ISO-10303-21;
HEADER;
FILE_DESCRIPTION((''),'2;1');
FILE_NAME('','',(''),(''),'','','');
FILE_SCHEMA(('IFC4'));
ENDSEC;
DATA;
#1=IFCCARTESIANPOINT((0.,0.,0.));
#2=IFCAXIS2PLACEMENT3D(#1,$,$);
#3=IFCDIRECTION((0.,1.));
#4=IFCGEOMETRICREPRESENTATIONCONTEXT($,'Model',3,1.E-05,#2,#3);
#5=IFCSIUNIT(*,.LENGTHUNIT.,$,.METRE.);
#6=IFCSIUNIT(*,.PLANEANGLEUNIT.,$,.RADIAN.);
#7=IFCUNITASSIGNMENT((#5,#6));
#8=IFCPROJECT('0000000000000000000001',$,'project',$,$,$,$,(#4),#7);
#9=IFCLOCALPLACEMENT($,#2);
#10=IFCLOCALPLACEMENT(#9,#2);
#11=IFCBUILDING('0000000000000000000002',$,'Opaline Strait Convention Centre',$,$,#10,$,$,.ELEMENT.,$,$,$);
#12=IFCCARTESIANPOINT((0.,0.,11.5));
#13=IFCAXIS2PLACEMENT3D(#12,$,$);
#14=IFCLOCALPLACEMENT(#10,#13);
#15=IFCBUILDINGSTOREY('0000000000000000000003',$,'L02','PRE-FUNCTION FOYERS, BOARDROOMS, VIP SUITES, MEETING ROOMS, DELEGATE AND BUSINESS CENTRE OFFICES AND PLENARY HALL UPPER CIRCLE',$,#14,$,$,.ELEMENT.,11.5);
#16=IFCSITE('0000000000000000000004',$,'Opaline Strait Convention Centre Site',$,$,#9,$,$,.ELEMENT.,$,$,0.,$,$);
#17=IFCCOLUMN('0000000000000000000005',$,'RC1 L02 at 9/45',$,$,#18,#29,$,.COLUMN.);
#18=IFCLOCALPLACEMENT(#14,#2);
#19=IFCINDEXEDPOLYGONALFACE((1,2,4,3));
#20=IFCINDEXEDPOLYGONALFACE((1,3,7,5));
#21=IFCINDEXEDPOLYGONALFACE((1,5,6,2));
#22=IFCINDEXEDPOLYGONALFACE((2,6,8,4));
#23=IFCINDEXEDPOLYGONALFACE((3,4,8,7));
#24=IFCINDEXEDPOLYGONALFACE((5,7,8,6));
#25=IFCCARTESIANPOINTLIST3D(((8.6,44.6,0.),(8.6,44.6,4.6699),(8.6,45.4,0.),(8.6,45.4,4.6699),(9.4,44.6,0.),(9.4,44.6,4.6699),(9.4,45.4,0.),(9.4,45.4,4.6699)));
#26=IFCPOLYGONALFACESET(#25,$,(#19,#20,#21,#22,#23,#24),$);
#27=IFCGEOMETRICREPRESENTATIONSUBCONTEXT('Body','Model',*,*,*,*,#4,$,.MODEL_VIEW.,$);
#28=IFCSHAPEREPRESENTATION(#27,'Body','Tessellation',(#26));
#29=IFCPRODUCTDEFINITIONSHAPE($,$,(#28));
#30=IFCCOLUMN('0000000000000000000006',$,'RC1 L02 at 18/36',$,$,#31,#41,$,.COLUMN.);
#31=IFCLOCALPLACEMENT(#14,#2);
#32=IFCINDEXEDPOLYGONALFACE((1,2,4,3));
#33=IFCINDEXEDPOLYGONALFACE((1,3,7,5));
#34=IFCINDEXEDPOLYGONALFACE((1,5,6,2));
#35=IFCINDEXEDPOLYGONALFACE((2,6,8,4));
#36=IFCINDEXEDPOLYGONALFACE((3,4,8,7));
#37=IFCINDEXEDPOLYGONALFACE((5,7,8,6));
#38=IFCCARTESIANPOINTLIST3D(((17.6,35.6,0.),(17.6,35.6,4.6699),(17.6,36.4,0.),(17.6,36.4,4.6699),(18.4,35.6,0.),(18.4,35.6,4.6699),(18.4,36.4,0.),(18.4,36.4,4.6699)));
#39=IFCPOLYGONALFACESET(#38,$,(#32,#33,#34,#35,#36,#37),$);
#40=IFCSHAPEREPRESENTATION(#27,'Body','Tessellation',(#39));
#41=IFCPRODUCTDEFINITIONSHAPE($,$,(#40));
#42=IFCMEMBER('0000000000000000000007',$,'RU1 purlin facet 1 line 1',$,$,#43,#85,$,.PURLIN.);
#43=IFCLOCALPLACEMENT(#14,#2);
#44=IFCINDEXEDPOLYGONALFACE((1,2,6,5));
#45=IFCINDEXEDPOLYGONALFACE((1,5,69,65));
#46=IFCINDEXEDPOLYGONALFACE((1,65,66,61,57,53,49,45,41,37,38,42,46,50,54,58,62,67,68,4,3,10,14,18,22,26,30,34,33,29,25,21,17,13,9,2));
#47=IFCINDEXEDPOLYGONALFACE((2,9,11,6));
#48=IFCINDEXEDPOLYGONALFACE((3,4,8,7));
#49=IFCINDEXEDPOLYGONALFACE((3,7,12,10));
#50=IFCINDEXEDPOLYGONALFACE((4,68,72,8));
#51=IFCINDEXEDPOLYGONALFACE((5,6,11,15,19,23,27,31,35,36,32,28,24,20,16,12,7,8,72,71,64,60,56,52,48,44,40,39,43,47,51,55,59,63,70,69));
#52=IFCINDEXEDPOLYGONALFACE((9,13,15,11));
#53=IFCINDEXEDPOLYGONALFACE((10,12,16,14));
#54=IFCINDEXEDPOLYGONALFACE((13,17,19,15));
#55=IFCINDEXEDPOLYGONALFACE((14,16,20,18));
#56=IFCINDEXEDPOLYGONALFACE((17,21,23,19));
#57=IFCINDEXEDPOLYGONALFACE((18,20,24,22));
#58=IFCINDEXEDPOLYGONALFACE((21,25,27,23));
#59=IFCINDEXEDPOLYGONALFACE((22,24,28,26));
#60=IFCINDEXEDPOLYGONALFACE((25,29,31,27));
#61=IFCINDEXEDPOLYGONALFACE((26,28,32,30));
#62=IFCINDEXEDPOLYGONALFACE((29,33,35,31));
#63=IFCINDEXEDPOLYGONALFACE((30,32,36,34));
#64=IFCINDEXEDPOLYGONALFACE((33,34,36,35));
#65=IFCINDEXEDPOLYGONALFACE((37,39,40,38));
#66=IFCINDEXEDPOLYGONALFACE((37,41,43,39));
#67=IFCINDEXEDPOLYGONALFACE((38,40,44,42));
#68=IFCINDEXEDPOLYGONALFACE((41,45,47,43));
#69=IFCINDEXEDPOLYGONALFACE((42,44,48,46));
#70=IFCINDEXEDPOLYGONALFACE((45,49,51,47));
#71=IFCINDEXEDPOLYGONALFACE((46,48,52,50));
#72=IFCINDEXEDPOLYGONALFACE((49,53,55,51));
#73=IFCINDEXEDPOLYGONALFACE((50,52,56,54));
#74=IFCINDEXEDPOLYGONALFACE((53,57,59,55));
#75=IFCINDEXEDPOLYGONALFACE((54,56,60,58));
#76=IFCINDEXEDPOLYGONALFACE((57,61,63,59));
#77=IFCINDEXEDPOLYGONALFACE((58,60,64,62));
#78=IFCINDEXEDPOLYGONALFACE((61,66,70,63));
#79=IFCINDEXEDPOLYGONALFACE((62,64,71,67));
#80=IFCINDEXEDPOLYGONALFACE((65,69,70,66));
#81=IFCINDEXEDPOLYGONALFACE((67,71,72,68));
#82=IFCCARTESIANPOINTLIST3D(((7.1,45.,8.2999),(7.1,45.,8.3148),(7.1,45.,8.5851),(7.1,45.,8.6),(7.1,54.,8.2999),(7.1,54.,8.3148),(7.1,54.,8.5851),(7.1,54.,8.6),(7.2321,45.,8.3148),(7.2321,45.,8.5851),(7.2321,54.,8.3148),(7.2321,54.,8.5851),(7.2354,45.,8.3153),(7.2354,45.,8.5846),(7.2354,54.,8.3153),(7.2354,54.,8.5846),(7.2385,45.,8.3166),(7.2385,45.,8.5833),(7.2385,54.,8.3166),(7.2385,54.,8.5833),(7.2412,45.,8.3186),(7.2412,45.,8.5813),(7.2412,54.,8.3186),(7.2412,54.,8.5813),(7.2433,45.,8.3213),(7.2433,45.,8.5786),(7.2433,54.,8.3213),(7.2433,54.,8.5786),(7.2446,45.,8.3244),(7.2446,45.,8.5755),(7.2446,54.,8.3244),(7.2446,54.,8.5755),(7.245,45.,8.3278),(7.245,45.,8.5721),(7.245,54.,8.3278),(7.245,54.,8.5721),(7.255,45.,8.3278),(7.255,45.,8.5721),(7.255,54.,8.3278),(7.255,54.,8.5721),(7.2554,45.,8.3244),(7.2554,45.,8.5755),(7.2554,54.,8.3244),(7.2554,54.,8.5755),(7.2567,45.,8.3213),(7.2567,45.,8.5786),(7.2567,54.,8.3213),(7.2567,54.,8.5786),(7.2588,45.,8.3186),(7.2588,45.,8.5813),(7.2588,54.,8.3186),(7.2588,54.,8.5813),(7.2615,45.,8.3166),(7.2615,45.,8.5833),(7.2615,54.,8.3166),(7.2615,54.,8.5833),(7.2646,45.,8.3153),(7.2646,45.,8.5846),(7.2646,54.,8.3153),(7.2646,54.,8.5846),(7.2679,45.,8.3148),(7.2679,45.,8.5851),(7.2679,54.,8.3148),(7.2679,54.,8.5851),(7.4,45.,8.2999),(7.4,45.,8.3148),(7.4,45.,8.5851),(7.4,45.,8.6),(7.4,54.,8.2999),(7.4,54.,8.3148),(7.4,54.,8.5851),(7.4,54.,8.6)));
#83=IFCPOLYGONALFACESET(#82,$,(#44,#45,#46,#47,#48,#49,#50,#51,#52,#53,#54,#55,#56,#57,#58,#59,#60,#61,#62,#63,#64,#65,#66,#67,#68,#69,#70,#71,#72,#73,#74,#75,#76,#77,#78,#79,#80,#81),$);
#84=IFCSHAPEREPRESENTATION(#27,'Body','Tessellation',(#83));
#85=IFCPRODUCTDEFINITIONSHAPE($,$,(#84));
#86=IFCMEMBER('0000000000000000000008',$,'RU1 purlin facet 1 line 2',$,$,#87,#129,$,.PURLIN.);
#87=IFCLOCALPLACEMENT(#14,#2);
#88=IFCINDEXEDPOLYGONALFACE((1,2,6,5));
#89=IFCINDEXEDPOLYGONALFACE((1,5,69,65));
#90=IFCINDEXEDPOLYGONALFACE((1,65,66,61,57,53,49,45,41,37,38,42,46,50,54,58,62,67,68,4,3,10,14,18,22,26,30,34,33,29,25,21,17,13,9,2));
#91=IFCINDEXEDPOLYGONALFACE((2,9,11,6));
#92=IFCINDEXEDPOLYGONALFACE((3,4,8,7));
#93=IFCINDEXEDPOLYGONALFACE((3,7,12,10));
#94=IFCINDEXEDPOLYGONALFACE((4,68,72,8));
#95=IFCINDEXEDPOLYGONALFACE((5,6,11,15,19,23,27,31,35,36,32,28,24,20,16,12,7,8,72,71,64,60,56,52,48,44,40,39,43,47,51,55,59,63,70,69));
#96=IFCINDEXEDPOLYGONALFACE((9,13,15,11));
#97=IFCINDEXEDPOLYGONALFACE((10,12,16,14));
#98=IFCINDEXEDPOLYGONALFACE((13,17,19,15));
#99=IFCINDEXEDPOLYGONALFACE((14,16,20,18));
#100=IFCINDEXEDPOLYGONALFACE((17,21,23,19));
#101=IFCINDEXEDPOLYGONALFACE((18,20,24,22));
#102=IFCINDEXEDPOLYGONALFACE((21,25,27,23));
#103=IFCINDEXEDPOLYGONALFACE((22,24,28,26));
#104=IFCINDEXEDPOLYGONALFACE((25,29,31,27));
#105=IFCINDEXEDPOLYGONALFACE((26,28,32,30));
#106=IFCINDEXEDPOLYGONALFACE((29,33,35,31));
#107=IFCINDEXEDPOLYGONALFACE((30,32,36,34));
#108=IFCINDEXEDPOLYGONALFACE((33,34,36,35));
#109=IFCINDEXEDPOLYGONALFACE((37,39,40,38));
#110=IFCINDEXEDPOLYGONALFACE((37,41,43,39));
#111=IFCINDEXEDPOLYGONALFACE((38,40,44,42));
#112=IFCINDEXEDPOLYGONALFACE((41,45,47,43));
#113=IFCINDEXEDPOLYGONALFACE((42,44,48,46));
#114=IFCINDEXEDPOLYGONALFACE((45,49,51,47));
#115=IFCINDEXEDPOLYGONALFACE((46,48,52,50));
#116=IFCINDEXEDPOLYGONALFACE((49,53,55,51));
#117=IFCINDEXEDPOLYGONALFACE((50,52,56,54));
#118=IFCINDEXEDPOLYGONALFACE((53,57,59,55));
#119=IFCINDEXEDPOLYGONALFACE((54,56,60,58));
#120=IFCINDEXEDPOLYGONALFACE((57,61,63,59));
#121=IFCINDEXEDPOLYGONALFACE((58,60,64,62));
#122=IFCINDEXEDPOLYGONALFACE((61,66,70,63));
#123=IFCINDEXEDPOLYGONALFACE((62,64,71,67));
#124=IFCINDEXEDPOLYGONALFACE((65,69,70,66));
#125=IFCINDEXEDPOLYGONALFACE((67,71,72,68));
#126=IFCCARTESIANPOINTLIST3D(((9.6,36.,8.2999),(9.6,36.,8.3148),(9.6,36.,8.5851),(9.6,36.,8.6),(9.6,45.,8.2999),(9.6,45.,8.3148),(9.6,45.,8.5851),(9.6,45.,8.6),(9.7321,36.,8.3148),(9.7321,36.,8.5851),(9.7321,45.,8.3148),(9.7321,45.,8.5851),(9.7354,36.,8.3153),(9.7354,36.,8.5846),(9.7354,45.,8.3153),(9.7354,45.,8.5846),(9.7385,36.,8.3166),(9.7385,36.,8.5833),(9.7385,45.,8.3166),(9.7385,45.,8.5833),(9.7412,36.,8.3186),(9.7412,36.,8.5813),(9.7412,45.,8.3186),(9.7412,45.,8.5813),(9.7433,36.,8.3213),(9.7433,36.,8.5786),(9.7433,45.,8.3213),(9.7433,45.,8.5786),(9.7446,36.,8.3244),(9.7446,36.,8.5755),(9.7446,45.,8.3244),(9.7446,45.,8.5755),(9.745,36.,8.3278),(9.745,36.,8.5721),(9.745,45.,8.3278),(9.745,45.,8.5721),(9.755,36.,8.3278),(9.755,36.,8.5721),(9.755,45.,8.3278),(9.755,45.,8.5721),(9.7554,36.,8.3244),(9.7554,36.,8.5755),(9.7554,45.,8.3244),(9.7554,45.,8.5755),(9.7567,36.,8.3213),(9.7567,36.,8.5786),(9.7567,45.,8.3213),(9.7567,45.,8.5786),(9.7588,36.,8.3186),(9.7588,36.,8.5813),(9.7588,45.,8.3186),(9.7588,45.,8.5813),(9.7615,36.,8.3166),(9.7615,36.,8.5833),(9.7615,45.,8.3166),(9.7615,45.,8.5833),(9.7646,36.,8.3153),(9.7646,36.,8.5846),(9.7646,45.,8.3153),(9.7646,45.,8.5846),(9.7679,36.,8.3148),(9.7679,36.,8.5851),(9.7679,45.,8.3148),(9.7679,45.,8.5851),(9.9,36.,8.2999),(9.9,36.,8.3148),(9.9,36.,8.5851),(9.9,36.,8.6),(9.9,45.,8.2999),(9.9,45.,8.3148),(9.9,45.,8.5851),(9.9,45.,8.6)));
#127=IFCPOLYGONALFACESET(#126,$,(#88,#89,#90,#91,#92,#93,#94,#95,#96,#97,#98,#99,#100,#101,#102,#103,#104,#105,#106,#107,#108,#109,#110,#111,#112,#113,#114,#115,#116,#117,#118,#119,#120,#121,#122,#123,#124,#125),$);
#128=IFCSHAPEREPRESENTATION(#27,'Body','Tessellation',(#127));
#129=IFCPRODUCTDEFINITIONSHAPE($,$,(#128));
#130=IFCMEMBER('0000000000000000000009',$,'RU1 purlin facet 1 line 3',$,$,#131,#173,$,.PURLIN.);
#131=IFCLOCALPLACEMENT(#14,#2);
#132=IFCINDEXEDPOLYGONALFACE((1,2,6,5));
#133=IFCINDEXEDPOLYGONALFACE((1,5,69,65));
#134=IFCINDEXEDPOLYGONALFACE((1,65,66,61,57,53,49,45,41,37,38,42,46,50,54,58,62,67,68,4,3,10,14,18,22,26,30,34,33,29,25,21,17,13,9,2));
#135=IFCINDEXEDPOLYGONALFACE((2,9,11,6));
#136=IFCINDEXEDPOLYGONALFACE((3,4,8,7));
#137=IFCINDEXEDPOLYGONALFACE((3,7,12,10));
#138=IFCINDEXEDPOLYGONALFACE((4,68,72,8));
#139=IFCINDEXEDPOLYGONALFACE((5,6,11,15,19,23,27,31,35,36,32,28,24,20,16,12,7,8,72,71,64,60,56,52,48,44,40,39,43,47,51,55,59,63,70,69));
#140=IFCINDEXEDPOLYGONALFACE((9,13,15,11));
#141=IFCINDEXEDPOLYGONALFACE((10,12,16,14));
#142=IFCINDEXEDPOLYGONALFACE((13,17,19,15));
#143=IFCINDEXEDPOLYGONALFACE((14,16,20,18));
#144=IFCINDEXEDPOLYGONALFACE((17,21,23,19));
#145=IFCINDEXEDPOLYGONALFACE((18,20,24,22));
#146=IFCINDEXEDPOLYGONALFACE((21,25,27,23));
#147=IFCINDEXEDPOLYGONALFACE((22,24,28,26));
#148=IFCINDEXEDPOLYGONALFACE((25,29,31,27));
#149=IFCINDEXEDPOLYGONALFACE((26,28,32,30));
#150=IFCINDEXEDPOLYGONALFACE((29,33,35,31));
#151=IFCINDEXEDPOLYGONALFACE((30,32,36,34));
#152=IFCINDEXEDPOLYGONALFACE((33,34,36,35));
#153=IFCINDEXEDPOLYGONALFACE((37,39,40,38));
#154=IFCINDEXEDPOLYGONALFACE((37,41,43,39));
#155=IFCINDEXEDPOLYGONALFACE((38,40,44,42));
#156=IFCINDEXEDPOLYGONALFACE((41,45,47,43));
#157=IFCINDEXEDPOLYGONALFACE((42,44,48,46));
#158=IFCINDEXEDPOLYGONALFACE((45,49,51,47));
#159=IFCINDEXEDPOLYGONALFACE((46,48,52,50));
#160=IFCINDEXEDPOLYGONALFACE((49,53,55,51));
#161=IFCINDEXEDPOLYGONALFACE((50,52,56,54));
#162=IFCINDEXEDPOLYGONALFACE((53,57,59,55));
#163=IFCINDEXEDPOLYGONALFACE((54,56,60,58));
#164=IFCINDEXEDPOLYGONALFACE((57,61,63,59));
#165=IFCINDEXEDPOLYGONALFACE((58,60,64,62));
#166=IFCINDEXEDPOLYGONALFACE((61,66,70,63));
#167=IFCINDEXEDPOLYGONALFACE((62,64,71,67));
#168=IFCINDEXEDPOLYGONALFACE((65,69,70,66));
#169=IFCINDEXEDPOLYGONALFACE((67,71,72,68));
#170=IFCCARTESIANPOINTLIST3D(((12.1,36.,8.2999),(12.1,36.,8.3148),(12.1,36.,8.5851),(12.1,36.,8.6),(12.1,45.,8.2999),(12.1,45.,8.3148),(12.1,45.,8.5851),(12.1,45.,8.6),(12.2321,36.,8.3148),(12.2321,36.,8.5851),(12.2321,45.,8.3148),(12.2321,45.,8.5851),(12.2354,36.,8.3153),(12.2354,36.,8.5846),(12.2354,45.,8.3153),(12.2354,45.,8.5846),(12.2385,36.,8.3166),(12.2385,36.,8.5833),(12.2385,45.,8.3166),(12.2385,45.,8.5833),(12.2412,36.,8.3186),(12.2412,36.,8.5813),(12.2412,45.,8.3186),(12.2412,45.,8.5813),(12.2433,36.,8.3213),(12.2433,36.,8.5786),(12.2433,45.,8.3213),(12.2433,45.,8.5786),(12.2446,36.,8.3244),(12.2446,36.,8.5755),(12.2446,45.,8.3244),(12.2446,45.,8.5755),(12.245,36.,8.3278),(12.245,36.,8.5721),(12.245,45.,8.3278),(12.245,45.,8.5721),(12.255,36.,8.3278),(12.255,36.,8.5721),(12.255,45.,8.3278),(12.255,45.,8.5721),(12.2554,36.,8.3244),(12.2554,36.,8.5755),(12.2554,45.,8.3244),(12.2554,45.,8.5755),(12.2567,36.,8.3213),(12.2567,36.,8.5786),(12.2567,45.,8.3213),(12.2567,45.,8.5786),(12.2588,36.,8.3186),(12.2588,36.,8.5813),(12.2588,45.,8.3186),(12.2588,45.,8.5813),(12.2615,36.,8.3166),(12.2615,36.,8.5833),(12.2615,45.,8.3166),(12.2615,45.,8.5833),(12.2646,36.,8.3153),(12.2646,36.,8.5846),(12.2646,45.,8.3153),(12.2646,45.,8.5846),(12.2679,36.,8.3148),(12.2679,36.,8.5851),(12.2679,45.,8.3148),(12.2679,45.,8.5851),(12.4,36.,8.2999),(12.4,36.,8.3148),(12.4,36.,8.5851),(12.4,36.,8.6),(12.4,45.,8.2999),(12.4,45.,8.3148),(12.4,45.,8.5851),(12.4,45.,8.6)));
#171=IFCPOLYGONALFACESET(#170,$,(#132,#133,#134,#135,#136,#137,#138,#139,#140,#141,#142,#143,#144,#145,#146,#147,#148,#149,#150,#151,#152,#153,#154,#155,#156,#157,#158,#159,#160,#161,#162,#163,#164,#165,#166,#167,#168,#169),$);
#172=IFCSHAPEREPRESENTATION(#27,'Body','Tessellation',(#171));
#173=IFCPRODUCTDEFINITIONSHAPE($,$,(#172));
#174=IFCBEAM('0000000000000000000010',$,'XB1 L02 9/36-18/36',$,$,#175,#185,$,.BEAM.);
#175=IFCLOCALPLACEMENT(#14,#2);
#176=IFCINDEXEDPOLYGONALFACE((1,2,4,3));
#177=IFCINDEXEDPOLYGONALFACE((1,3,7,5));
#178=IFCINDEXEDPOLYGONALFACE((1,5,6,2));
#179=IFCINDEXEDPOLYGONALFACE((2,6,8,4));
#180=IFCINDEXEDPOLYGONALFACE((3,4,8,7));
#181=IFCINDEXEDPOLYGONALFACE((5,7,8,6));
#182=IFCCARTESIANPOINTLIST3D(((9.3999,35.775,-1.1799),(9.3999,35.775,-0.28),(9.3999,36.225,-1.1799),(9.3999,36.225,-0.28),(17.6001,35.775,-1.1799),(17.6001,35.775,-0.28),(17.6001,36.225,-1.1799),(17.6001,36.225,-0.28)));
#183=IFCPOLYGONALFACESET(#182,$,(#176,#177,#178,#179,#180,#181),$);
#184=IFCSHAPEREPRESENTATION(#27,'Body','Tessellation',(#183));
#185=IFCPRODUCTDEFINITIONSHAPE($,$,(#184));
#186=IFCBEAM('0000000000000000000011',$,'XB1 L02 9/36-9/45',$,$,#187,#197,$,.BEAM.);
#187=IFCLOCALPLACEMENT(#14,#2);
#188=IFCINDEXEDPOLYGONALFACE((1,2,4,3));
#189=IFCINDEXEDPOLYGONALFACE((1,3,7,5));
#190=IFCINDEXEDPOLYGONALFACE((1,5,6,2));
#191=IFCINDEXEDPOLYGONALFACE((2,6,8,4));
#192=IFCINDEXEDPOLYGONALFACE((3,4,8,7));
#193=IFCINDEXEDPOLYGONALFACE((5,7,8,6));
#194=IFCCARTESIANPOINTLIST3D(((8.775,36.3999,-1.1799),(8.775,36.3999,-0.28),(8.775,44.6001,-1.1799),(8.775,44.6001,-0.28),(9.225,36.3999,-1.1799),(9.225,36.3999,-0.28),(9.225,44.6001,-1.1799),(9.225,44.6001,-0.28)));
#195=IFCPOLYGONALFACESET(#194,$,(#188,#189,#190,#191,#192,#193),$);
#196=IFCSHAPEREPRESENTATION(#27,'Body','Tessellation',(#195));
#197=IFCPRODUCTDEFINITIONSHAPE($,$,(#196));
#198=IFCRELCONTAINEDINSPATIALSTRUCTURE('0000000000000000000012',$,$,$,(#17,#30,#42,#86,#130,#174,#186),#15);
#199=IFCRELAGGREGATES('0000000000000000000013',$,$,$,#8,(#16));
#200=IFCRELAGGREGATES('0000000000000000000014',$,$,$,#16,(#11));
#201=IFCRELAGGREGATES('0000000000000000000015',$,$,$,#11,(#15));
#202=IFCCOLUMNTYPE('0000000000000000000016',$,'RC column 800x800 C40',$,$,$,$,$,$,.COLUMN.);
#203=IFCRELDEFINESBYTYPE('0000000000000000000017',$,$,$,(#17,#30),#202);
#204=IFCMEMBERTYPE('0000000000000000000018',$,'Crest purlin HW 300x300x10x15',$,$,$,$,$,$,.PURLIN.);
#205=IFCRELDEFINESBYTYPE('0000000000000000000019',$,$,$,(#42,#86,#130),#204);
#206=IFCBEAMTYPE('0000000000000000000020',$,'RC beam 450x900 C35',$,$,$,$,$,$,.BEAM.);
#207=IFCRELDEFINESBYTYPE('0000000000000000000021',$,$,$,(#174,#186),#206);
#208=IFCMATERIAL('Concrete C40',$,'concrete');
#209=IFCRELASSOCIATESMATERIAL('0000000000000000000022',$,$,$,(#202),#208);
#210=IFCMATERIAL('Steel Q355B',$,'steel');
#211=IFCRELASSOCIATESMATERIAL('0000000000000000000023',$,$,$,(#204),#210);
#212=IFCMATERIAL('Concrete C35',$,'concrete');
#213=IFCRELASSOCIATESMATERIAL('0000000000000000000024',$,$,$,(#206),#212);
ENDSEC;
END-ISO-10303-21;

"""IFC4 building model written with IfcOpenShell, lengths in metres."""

from ifc_helpers import new_model, si_unit, direction, frame, origin, origin_2d, place, context, subcontext, project, spatial, rectangle, i_section, extrude, material, material_profile, profile_set, type_object, element, save


model = new_model("IFC4")

# Units and contexts
model_context = context("Model", 3, precision=1e-05, world=origin(), true_north=direction((0.0, 1.0)))
body_context = subcontext(model_context, "Body", "Model", "MODEL_VIEW")
ifc_project = project(units=[si_unit("LENGTHUNIT", "METRE"), si_unit("PLANEANGLEUNIT", "RADIAN")], contexts=[model_context])

# Site, building, storey
site_placement = place(None, origin())
site = spatial("IfcSite", under=ifc_project, at=site_placement, Name="Opaline Strait Convention Centre Site", CompositionType="ELEMENT", RefElevation=0.0)
building_placement = place(site_placement, origin())
building = spatial("IfcBuilding", under=site, at=building_placement, Name="Opaline Strait Convention Centre", CompositionType="ELEMENT")
storey_placement = place(building_placement, frame((0.0, 0.0, 11.5)))
storey = spatial("IfcBuildingStorey", under=building, at=storey_placement, Name="L02", Description="PRE-FUNCTION FOYERS, BOARDROOMS, VIP SUITES, MEETING ROOMS, DELEGATE AND BUSINESS CENTRE OFFICES AND PLENARY HALL UPPER CIRCLE", CompositionType="ELEMENT", Elevation=11.5)

# Columns
ifc_material_1 = material(Name="Concrete C40", Category="concrete")
ifc_material_profile_1 = material_profile(ifc_material_1, rectangle(XDim=0.8, YDim=0.8, at=origin_2d()), Name="RC 800x800")
ifc_profile_set_1 = profile_set([ifc_material_profile_1], Name="Concrete C40")
column_type = type_object("IfcColumnType", Name="RC column 800x800 C40", PredefinedType="COLUMN", material=ifc_profile_set_1)
for number, where, z_axis, x_axis, name in (
    (1, (9.0, 45.0, 0.0), (0.0, 0.0, 1.0), (1.0, 0.0, 0.0), "RC1 L02 at 9/45"),
    (2, (18.0, 36.0, 0.0), (0.0, 0.0, 1.0), (1.0, 0.0, 0.0), "RC1 L02 at 18/36"),
):
    element("IfcColumn", number, at=place(storey_placement, frame(where, z_axis=z_axis, x_axis=x_axis)), inside=storey, type_object=column_type, Name=name, PredefinedType="COLUMN", context=body_context, shape_type="SweptSolid", body=[
        extrude(rectangle(XDim=0.8, YDim=0.8, at=origin_2d()), origin(), (0.0, 0.0, 1.0), 4.6699),
    ])

# Members
ifc_material_2 = material(Name="Steel Q355B", Category="steel")
ifc_material_profile_2 = material_profile(ifc_material_2, i_section(OverallWidth=0.3, OverallDepth=0.3, WebThickness=0.01, FlangeThickness=0.0149, FilletRadius=0.0129, at=origin_2d()), Name="HW 300x300x10x15")
ifc_profile_set_2 = profile_set([ifc_material_profile_2], Name="Steel Q355B")
member_type_1 = type_object("IfcMemberType", Name="Crest purlin HW 300x300x10x15", PredefinedType="PURLIN", material=ifc_profile_set_2)
for number, where, z_axis, x_axis, name in (
    (3, (7.25, 45.0, 8.45), (0.0, 1.0, 0.0), (-1.0, 0.0, 0.0), "RU1 purlin facet 1 line 1"),
    (4, (9.75, 36.0, 8.45), (0.0, 1.0, 0.0), (-1.0, 0.0, 0.0), "RU1 purlin facet 1 line 2"),
    (5, (12.25, 36.0, 8.45), (0.0, 1.0, 0.0), (-1.0, 0.0, 0.0), "RU1 purlin facet 1 line 3"),
):
    element("IfcMember", number, at=place(storey_placement, frame(where, z_axis=z_axis, x_axis=x_axis)), inside=storey, type_object=member_type_1, Name=name, PredefinedType="PURLIN", context=body_context, shape_type="SweptSolid", body=[
        extrude(i_section(OverallWidth=0.3, OverallDepth=0.3, WebThickness=0.01, FlangeThickness=0.0149, FilletRadius=0.0129, at=origin_2d()), origin(), (0.0, 0.0, 1.0), 9.0),
    ])

# Beams
ifc_material_3 = material(Name="Concrete C35", Category="concrete")
ifc_material_profile_3 = material_profile(ifc_material_3, rectangle(XDim=0.45, YDim=0.8999, at=origin_2d()), Name="RC 450x900")
ifc_profile_set_3 = profile_set([ifc_material_profile_3], Name="Concrete C35")
beam_type = type_object("IfcBeamType", Name="RC beam 450x900 C35", PredefinedType="BEAM", material=ifc_profile_set_3)
for number, where, z_axis, x_axis, name in (
    (6, (9.3999, 36.0, -0.73), (1.0, 0.0, 0.0), (0.0, 1.0, 0.0), "XB1 L02 9/36-18/36"),
    (7, (9.0, 36.3999, -0.73), (0.0, 1.0, 0.0), (-1.0, 0.0, 0.0), "XB1 L02 9/36-9/45"),
):
    element("IfcBeam", number, at=place(storey_placement, frame(where, z_axis=z_axis, x_axis=x_axis)), inside=storey, type_object=beam_type, Name=name, PredefinedType="BEAM", context=body_context, shape_type="SweptSolid", body=[
        extrude(rectangle(XDim=0.45, YDim=0.8999, at=origin_2d()), origin(), (0.0, 0.0, 1.0), 8.2002),
    ])

save(model, "model.ifc")
